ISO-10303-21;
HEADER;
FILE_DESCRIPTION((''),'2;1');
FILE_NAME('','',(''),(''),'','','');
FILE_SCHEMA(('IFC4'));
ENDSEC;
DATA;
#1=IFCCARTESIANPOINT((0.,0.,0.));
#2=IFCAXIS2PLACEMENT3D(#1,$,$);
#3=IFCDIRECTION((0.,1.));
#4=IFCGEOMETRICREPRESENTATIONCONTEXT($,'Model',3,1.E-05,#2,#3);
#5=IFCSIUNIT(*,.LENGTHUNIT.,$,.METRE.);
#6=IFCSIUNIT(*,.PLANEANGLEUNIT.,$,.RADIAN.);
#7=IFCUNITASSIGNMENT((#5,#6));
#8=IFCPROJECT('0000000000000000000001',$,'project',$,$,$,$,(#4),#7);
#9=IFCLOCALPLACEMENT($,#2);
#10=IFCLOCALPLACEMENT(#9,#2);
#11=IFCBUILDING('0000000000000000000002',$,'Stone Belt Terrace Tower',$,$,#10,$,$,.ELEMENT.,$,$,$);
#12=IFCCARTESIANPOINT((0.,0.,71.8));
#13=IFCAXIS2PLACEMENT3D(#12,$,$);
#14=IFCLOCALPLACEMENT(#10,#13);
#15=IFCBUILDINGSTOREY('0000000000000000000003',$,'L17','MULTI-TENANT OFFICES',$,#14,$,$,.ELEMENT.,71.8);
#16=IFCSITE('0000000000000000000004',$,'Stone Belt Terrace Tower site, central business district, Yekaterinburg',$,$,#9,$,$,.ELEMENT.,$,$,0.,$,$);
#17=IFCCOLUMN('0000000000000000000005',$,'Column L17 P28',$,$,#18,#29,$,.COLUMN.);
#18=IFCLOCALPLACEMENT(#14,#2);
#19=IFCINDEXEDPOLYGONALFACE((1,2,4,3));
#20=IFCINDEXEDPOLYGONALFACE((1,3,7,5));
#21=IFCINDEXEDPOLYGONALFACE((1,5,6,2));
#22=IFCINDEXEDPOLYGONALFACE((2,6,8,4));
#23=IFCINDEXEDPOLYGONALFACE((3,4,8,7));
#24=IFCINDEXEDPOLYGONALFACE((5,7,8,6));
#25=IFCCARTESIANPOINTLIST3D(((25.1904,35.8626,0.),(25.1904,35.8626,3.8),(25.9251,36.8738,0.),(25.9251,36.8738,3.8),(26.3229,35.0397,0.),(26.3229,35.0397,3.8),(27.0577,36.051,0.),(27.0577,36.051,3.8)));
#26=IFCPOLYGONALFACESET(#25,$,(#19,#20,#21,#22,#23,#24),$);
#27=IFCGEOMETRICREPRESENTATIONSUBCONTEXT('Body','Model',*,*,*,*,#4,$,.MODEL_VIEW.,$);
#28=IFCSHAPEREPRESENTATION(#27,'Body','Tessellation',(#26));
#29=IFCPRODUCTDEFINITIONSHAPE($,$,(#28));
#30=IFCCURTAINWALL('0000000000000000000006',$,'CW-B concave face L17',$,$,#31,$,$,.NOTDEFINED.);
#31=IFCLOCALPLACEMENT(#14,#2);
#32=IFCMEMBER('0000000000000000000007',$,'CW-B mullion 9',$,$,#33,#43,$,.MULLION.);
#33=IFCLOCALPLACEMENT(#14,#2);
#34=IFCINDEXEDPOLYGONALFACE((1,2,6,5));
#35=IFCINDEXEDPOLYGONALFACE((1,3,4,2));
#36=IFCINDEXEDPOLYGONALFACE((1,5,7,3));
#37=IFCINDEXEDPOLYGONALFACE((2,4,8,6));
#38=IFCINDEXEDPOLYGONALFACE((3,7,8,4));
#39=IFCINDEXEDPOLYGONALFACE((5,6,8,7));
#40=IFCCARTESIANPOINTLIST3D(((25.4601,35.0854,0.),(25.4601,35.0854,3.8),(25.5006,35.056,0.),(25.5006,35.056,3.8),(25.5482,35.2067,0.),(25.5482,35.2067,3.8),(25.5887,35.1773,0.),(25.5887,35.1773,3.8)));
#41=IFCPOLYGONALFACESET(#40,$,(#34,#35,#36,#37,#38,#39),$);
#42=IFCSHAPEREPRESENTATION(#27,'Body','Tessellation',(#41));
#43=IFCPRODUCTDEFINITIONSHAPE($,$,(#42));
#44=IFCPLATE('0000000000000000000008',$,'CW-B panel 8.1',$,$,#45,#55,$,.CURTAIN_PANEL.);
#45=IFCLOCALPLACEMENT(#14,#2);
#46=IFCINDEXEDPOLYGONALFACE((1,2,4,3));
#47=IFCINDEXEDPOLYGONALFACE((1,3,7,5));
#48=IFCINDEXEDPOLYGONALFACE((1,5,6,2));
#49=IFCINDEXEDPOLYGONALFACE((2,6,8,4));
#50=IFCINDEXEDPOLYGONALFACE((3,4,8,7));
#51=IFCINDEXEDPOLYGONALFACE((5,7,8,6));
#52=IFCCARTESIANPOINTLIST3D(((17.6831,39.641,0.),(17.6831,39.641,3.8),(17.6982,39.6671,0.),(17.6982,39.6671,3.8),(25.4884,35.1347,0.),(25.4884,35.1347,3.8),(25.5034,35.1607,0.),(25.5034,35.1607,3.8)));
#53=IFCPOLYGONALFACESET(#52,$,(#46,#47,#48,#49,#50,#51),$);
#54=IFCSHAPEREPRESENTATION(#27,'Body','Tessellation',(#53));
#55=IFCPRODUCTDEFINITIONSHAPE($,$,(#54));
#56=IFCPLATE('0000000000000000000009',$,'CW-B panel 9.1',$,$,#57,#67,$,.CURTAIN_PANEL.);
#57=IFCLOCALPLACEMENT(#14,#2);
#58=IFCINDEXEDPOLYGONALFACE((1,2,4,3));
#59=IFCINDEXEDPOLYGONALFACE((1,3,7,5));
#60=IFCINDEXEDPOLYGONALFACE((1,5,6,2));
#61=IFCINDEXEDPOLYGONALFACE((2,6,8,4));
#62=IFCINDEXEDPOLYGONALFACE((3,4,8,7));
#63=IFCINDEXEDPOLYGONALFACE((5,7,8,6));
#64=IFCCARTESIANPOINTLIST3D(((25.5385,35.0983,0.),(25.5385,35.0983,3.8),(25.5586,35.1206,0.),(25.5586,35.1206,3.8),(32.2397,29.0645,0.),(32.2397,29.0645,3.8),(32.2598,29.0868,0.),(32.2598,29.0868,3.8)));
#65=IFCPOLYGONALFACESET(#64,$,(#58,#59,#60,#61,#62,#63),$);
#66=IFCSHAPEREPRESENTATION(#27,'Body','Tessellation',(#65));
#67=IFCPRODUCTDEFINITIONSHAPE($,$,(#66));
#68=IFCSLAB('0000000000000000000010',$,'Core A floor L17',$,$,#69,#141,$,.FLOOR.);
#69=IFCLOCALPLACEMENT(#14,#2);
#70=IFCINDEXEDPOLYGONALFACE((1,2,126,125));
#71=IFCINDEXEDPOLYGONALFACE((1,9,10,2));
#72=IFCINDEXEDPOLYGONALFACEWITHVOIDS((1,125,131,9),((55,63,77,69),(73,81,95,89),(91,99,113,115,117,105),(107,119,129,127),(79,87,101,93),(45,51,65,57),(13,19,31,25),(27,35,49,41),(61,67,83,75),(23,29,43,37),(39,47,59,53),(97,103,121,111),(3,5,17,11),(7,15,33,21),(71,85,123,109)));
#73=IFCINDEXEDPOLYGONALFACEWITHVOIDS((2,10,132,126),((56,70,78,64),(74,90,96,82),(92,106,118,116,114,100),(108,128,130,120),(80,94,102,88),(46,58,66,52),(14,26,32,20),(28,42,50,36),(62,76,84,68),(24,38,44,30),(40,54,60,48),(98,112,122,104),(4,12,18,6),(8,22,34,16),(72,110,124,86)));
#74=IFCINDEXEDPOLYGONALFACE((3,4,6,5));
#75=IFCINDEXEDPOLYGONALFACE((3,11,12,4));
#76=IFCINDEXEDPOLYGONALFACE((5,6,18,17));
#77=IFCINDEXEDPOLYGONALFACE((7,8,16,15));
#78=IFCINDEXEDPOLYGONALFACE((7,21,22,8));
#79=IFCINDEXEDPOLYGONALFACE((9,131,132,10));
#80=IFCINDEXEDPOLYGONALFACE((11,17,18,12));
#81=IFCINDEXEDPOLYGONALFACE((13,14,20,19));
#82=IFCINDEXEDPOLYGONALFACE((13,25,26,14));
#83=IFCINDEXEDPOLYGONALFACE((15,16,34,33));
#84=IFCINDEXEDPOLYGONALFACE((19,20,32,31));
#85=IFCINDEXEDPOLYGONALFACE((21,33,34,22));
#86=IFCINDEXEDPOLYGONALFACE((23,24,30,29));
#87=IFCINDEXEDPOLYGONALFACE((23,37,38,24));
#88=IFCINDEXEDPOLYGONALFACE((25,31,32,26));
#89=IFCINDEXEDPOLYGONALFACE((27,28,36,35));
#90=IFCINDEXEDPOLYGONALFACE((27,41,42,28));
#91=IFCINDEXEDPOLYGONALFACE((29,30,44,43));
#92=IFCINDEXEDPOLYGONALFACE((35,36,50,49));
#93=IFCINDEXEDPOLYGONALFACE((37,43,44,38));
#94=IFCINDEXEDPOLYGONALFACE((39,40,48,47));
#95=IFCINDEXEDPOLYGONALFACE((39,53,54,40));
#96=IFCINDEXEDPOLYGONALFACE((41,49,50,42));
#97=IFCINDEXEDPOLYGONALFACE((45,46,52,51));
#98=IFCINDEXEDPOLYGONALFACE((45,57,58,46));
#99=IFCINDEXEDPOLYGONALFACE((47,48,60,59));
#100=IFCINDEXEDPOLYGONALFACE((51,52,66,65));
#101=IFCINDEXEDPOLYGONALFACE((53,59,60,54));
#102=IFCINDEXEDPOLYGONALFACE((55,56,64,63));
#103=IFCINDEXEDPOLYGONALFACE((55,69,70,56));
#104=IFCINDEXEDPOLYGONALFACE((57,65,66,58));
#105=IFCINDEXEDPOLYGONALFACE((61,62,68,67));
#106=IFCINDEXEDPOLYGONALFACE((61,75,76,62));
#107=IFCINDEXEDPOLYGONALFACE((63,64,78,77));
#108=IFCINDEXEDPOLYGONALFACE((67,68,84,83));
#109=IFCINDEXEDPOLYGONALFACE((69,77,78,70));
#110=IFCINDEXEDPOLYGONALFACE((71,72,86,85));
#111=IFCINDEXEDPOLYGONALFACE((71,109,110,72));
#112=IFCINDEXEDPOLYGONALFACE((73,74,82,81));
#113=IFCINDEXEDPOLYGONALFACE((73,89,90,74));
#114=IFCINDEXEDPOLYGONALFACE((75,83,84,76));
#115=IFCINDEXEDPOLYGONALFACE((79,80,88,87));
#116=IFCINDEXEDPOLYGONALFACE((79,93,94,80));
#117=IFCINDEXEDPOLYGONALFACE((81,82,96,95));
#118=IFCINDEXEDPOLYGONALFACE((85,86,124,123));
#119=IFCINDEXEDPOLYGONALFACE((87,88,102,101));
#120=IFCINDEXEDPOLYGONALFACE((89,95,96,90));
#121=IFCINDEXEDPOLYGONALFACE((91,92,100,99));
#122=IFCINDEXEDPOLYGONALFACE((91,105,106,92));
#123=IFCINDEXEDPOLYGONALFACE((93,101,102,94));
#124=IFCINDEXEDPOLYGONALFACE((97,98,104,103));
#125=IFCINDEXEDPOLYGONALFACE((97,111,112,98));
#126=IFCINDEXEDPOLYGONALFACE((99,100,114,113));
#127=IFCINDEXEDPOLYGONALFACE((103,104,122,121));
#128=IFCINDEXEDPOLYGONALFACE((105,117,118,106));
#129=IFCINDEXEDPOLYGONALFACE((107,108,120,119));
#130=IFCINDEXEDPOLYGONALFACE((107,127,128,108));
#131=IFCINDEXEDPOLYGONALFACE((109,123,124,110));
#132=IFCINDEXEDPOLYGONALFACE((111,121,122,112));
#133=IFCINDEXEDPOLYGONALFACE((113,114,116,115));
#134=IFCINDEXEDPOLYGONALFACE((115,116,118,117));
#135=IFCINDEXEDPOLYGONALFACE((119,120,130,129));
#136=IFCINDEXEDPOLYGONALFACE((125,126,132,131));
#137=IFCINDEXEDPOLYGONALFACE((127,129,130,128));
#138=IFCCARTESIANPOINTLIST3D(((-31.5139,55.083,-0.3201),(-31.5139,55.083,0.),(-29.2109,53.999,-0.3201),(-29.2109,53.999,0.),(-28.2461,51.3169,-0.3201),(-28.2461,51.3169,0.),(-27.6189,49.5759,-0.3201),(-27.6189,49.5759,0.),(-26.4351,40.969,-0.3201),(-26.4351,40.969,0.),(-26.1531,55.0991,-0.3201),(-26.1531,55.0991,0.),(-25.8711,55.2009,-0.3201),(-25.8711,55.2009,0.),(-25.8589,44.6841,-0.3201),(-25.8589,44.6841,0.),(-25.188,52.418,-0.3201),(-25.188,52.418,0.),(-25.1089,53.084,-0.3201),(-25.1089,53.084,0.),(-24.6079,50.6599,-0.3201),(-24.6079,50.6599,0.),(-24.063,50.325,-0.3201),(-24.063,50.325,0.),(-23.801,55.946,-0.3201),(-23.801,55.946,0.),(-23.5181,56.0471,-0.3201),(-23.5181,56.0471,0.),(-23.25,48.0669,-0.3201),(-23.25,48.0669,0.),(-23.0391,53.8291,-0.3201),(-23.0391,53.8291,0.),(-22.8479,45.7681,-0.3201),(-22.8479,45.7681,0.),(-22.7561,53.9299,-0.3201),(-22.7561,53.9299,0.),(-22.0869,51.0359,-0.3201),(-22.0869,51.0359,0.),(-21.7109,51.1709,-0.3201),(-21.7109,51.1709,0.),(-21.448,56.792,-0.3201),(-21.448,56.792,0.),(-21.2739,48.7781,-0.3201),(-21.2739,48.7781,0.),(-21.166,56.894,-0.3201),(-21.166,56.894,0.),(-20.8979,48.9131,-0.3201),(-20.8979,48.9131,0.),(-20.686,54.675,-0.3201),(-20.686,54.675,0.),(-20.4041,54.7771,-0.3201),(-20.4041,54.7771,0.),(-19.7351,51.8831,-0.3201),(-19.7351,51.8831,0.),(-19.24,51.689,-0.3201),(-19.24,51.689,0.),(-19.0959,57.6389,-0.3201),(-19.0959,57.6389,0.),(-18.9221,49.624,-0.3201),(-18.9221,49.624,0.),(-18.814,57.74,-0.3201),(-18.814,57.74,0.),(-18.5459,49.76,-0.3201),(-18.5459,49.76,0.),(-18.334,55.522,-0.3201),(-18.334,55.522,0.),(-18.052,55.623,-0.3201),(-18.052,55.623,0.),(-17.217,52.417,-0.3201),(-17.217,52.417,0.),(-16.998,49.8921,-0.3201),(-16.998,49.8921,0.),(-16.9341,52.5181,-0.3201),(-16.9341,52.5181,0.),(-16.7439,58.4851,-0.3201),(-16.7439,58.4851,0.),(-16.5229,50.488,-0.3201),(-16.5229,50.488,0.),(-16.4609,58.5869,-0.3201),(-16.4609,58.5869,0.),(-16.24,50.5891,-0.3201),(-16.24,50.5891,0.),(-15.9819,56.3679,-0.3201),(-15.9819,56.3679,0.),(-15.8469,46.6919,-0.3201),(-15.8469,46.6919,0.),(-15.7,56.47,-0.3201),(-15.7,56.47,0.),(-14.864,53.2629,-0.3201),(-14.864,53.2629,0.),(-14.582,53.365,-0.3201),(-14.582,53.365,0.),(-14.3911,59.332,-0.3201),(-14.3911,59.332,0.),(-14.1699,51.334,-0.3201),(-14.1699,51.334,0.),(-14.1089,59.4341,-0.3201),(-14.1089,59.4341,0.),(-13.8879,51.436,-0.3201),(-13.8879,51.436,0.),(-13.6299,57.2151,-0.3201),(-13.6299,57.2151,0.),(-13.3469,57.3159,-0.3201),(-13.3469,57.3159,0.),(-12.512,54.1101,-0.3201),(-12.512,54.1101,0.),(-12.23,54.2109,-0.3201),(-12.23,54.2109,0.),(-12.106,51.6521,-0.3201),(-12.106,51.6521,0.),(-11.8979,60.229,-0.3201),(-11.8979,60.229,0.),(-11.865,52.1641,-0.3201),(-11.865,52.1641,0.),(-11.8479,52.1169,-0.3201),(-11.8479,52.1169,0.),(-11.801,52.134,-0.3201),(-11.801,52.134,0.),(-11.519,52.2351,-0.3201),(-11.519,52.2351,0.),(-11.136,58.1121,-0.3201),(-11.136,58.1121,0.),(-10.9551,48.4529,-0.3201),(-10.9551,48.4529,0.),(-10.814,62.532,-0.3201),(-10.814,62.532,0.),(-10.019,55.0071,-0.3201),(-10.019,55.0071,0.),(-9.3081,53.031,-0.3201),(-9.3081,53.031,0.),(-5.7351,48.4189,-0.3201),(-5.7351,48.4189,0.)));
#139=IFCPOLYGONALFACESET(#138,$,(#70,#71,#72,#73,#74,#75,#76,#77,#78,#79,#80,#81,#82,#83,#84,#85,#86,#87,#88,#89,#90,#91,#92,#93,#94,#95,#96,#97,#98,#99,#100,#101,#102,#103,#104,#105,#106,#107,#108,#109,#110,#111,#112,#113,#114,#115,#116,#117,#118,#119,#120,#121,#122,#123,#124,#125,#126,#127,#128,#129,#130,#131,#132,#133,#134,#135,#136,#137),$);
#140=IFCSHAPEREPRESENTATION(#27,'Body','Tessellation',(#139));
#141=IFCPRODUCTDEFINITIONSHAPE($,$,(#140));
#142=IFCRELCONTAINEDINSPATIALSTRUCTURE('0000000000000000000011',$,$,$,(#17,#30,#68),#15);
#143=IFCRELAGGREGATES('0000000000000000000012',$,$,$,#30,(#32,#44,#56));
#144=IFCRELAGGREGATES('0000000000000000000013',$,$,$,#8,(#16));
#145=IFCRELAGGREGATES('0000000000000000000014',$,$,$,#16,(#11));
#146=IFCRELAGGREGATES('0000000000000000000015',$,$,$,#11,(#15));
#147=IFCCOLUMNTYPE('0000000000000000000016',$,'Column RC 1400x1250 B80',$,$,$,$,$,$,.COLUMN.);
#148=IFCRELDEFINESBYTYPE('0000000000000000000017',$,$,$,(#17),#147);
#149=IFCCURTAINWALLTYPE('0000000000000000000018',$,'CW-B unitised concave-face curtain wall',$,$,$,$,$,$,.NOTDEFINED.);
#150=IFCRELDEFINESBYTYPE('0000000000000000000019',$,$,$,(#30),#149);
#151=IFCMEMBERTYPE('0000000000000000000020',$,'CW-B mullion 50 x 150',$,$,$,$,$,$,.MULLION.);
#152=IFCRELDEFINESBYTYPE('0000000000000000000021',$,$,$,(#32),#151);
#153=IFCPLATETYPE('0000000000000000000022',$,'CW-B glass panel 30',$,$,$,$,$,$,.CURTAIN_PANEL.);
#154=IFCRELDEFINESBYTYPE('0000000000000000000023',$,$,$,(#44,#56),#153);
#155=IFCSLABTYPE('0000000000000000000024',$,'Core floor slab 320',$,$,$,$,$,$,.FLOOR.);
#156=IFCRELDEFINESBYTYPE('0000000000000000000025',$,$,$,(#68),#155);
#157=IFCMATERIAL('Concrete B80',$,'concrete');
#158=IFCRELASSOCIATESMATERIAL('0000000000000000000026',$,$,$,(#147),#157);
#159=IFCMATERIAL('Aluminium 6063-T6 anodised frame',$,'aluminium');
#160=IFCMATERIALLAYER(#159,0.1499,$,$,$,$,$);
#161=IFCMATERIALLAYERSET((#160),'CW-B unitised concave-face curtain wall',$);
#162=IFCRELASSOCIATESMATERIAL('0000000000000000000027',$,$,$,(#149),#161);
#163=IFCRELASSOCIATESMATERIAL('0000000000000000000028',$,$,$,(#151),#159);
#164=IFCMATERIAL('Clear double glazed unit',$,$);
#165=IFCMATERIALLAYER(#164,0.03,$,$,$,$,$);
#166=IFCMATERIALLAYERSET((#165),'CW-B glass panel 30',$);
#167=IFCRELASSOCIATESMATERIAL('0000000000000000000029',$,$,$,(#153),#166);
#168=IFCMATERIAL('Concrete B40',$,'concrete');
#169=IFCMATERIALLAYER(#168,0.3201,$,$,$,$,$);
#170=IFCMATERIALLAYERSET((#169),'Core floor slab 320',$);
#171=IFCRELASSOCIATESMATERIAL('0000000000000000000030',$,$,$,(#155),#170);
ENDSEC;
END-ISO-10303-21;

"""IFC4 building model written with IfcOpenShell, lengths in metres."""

from ifc_helpers import new_model, si_unit, direction, frame, origin, origin_2d, place, context, subcontext, project, spatial, polyline, rectangle, outline, extrude, material, layer, layer_set, material_profile, profile_set, type_object, element, aggregate, save


model = new_model("IFC4")

# Units and contexts
model_context = context("Model", 3, precision=1e-05, world=origin(), true_north=direction((0.0, 1.0)))
body_context = subcontext(model_context, "Body", "Model", "MODEL_VIEW")
ifc_project = project(units=[si_unit("LENGTHUNIT", "METRE"), si_unit("PLANEANGLEUNIT", "RADIAN")], contexts=[model_context])

# Site, building, storey
site_placement = place(None, origin())
site = spatial("IfcSite", under=ifc_project, at=site_placement, Name="Stone Belt Terrace Tower site, central business district, Yekaterinburg", CompositionType="ELEMENT", RefElevation=0.0)
building_placement = place(site_placement, origin())
building = spatial("IfcBuilding", under=site, at=building_placement, Name="Stone Belt Terrace Tower", CompositionType="ELEMENT")
storey_placement = place(building_placement, frame((0.0, 0.0, 71.8)))
storey = spatial("IfcBuildingStorey", under=building, at=storey_placement, Name="L17", Description="MULTI-TENANT OFFICES", CompositionType="ELEMENT", Elevation=71.8)

# Column
ifc_material_1 = material(Name="Concrete B80", Category="concrete")
ifc_material_profile_1 = material_profile(ifc_material_1, rectangle(XDim=1.3999, YDim=1.25, at=origin_2d()), Name="RC 1400x1250")
ifc_profile_set_1 = profile_set([ifc_material_profile_1], Name="Concrete B80")
column_type = type_object("IfcColumnType", Name="Column RC 1400x1250 B80", PredefinedType="COLUMN", material=ifc_profile_set_1)
column_placement = place(storey_placement, frame((26.124, 35.9568, 0.0), z_axis=(0.0, 0.0, 1.0), x_axis=(0.809017, -0.587785, 0.0)))
element("IfcColumn", 1, at=column_placement, inside=storey, type_object=column_type, Name="Column L17 P28", PredefinedType="COLUMN", context=body_context, shape_type="SweptSolid", body=[
    extrude(rectangle(XDim=1.3999, YDim=1.25, at=origin_2d()), origin(), (0.0, 0.0, 1.0), 3.8),
])

# Curtain wall, member, plates
ifc_material_2 = material(Name="Aluminium 6063-T6 anodised frame", Category="aluminium")
ifc_layer_1 = layer(ifc_material_2, 0.1499)
ifc_layer_set_1 = layer_set([ifc_layer_1], Name="CW-B unitised concave-face curtain wall")
curtain_wall_type = type_object("IfcCurtainWallType", Name="CW-B unitised concave-face curtain wall", PredefinedType="NOTDEFINED", material=ifc_layer_set_1)
curtain_wall_placement = place(storey_placement, origin())
curtain_wall = element("IfcCurtainWall", 2, at=curtain_wall_placement, inside=storey, type_object=curtain_wall_type, Name="CW-B concave face L17", PredefinedType="NOTDEFINED")
ifc_material_profile_2 = material_profile(ifc_material_2, rectangle(XDim=0.1499, YDim=0.05, at=origin_2d()), Name="Aluminium 6063-T6 50x150")
ifc_profile_set_2 = profile_set([ifc_material_profile_2], Name="Aluminium 6063-T6 anodised frame")
member_type = type_object("IfcMemberType", Name="CW-B mullion 50 x 150", PredefinedType="MULLION", material=ifc_profile_set_2)
member_placement = place(storey_placement, frame((25.5244, 35.1313, 0.0), z_axis=(0.0, 0.0, 1.0), x_axis=(0.587785, 0.809017, 0.0)))
member = element("IfcMember", 3, at=member_placement, type_object=member_type, Name="CW-B mullion 9", PredefinedType="MULLION", context=body_context, shape_type="SweptSolid", body=[
    extrude(rectangle(XDim=0.1499, YDim=0.05, at=origin_2d()), origin(), (0.0, 0.0, 1.0), 3.8),
])
ifc_material_3 = material(Name="Clear double glazed unit")
ifc_layer_2 = layer(ifc_material_3, 0.03)
ifc_layer_set_2 = layer_set([ifc_layer_2], Name="CW-B glass panel 30")
plate_type = type_object("IfcPlateType", Name="CW-B glass panel 30", PredefinedType="CURTAIN_PANEL", material=ifc_layer_set_2)
plate_1_placement = place(storey_placement, frame((21.5933, 37.4009, 0.0), z_axis=(0.0, 0.0, 1.0), x_axis=(0.866025, -0.5, 0.0)))
plate_1 = element("IfcPlate", 4, at=plate_1_placement, type_object=plate_type, Name="CW-B panel 8.1", PredefinedType="CURTAIN_PANEL", context=body_context, shape_type="SweptSolid", body=[
    extrude(rectangle(XDim=9.0127, YDim=0.03, at=origin_2d()), origin(), (0.0, 0.0, 1.0), 3.8),
])
plate_2_placement = place(storey_placement, frame((28.8992, 32.0925, 0.0), z_axis=(0.0, 0.0, 1.0), x_axis=(0.743145, -0.669131, 0.0)))
plate_2 = element("IfcPlate", 5, at=plate_2_placement, type_object=plate_type, Name="CW-B panel 9.1", PredefinedType="CURTAIN_PANEL", context=body_context, shape_type="SweptSolid", body=[
    extrude(rectangle(XDim=9.0173, YDim=0.03, at=origin_2d()), origin(), (0.0, 0.0, 1.0), 3.8),
])
aggregate(curtain_wall, [member, plate_1, plate_2])

# Slab
ifc_material_4 = material(Name="Concrete B40", Category="concrete")
ifc_layer_3 = layer(ifc_material_4, 0.3201)
ifc_layer_set_3 = layer_set([ifc_layer_3], Name="Core floor slab 320")
slab_type_1 = type_object("IfcSlabType", Name="Core floor slab 320", PredefinedType="FLOOR", material=ifc_layer_set_3)
slab_1_placement = place(storey_placement, frame((0.0, 0.0, -0.3201)))
element("IfcSlab", 6, at=slab_1_placement, inside=storey, type_object=slab_type_1, Name="Core A floor L17", PredefinedType="FLOOR", context=body_context, shape_type="SweptSolid", body=[
    extrude(outline(polyline([(-26.4351, 40.969), (-5.7351, 48.4189), (-10.814, 62.532), (-31.5139, 55.083), (-26.4351, 40.969)]), holes=[polyline([(-24.6079, 50.6599), (-22.8479, 45.7681), (-25.8589, 44.6841), (-27.6189, 49.5759), (-24.6079, 50.6599)]), polyline([(-21.2739, 48.7781), (-23.25, 48.0669), (-24.063, 50.325), (-22.0869, 51.0359), (-21.2739, 48.7781)]), polyline([(-18.9221, 49.624), (-20.8979, 48.9131), (-21.7109, 51.1709), (-19.7351, 51.8831), (-18.9221, 49.624)]), polyline([(-19.24, 51.689), (-17.217, 52.417), (-16.5229, 50.488), (-18.5459, 49.76), (-19.24, 51.689)]), polyline([(-29.2109, 53.999), (-26.1531, 55.0991), (-25.188, 52.418), (-28.2461, 51.3169), (-29.2109, 53.999)]), polyline([(-23.801, 55.946), (-23.0391, 53.8291), (-25.1089, 53.084), (-25.8711, 55.2009), (-23.801, 55.946)]), polyline([(-21.448, 56.792), (-20.686, 54.675), (-22.7561, 53.9299), (-23.5181, 56.0471), (-21.448, 56.792)]), polyline([(-19.0959, 57.6389), (-18.334, 55.522), (-20.4041, 54.7771), (-21.166, 56.894), (-19.0959, 57.6389)]), polyline([(-15.8469, 46.6919), (-16.998, 49.8921), (-12.106, 51.6521), (-10.9551, 48.4529), (-15.8469, 46.6919)]), polyline([(-16.24, 50.5891), (-16.9341, 52.5181), (-14.864, 53.2629), (-14.1699, 51.334), (-16.24, 50.5891)]), polyline([(-11.801, 52.134), (-11.8479, 52.1169), (-11.865, 52.1641), (-13.8879, 51.436), (-14.582, 53.365), (-12.512, 54.1101), (-11.801, 52.134)]), polyline([(-9.3081, 53.031), (-11.519, 52.2351), (-12.23, 54.2109), (-10.019, 55.0071), (-9.3081, 53.031)]), polyline([(-16.7439, 58.4851), (-15.9819, 56.3679), (-18.052, 55.623), (-18.814, 57.74), (-16.7439, 58.4851)]), polyline([(-14.3911, 59.332), (-13.6299, 57.2151), (-15.7, 56.47), (-16.4609, 58.5869), (-14.3911, 59.332)]), polyline([(-11.8979, 60.229), (-11.136, 58.1121), (-13.3469, 57.3159), (-14.1089, 59.4341), (-11.8979, 60.229)])]), origin(), (0.0, 0.0, 1.0), 0.3201),
])

save(model, "model.ifc")
